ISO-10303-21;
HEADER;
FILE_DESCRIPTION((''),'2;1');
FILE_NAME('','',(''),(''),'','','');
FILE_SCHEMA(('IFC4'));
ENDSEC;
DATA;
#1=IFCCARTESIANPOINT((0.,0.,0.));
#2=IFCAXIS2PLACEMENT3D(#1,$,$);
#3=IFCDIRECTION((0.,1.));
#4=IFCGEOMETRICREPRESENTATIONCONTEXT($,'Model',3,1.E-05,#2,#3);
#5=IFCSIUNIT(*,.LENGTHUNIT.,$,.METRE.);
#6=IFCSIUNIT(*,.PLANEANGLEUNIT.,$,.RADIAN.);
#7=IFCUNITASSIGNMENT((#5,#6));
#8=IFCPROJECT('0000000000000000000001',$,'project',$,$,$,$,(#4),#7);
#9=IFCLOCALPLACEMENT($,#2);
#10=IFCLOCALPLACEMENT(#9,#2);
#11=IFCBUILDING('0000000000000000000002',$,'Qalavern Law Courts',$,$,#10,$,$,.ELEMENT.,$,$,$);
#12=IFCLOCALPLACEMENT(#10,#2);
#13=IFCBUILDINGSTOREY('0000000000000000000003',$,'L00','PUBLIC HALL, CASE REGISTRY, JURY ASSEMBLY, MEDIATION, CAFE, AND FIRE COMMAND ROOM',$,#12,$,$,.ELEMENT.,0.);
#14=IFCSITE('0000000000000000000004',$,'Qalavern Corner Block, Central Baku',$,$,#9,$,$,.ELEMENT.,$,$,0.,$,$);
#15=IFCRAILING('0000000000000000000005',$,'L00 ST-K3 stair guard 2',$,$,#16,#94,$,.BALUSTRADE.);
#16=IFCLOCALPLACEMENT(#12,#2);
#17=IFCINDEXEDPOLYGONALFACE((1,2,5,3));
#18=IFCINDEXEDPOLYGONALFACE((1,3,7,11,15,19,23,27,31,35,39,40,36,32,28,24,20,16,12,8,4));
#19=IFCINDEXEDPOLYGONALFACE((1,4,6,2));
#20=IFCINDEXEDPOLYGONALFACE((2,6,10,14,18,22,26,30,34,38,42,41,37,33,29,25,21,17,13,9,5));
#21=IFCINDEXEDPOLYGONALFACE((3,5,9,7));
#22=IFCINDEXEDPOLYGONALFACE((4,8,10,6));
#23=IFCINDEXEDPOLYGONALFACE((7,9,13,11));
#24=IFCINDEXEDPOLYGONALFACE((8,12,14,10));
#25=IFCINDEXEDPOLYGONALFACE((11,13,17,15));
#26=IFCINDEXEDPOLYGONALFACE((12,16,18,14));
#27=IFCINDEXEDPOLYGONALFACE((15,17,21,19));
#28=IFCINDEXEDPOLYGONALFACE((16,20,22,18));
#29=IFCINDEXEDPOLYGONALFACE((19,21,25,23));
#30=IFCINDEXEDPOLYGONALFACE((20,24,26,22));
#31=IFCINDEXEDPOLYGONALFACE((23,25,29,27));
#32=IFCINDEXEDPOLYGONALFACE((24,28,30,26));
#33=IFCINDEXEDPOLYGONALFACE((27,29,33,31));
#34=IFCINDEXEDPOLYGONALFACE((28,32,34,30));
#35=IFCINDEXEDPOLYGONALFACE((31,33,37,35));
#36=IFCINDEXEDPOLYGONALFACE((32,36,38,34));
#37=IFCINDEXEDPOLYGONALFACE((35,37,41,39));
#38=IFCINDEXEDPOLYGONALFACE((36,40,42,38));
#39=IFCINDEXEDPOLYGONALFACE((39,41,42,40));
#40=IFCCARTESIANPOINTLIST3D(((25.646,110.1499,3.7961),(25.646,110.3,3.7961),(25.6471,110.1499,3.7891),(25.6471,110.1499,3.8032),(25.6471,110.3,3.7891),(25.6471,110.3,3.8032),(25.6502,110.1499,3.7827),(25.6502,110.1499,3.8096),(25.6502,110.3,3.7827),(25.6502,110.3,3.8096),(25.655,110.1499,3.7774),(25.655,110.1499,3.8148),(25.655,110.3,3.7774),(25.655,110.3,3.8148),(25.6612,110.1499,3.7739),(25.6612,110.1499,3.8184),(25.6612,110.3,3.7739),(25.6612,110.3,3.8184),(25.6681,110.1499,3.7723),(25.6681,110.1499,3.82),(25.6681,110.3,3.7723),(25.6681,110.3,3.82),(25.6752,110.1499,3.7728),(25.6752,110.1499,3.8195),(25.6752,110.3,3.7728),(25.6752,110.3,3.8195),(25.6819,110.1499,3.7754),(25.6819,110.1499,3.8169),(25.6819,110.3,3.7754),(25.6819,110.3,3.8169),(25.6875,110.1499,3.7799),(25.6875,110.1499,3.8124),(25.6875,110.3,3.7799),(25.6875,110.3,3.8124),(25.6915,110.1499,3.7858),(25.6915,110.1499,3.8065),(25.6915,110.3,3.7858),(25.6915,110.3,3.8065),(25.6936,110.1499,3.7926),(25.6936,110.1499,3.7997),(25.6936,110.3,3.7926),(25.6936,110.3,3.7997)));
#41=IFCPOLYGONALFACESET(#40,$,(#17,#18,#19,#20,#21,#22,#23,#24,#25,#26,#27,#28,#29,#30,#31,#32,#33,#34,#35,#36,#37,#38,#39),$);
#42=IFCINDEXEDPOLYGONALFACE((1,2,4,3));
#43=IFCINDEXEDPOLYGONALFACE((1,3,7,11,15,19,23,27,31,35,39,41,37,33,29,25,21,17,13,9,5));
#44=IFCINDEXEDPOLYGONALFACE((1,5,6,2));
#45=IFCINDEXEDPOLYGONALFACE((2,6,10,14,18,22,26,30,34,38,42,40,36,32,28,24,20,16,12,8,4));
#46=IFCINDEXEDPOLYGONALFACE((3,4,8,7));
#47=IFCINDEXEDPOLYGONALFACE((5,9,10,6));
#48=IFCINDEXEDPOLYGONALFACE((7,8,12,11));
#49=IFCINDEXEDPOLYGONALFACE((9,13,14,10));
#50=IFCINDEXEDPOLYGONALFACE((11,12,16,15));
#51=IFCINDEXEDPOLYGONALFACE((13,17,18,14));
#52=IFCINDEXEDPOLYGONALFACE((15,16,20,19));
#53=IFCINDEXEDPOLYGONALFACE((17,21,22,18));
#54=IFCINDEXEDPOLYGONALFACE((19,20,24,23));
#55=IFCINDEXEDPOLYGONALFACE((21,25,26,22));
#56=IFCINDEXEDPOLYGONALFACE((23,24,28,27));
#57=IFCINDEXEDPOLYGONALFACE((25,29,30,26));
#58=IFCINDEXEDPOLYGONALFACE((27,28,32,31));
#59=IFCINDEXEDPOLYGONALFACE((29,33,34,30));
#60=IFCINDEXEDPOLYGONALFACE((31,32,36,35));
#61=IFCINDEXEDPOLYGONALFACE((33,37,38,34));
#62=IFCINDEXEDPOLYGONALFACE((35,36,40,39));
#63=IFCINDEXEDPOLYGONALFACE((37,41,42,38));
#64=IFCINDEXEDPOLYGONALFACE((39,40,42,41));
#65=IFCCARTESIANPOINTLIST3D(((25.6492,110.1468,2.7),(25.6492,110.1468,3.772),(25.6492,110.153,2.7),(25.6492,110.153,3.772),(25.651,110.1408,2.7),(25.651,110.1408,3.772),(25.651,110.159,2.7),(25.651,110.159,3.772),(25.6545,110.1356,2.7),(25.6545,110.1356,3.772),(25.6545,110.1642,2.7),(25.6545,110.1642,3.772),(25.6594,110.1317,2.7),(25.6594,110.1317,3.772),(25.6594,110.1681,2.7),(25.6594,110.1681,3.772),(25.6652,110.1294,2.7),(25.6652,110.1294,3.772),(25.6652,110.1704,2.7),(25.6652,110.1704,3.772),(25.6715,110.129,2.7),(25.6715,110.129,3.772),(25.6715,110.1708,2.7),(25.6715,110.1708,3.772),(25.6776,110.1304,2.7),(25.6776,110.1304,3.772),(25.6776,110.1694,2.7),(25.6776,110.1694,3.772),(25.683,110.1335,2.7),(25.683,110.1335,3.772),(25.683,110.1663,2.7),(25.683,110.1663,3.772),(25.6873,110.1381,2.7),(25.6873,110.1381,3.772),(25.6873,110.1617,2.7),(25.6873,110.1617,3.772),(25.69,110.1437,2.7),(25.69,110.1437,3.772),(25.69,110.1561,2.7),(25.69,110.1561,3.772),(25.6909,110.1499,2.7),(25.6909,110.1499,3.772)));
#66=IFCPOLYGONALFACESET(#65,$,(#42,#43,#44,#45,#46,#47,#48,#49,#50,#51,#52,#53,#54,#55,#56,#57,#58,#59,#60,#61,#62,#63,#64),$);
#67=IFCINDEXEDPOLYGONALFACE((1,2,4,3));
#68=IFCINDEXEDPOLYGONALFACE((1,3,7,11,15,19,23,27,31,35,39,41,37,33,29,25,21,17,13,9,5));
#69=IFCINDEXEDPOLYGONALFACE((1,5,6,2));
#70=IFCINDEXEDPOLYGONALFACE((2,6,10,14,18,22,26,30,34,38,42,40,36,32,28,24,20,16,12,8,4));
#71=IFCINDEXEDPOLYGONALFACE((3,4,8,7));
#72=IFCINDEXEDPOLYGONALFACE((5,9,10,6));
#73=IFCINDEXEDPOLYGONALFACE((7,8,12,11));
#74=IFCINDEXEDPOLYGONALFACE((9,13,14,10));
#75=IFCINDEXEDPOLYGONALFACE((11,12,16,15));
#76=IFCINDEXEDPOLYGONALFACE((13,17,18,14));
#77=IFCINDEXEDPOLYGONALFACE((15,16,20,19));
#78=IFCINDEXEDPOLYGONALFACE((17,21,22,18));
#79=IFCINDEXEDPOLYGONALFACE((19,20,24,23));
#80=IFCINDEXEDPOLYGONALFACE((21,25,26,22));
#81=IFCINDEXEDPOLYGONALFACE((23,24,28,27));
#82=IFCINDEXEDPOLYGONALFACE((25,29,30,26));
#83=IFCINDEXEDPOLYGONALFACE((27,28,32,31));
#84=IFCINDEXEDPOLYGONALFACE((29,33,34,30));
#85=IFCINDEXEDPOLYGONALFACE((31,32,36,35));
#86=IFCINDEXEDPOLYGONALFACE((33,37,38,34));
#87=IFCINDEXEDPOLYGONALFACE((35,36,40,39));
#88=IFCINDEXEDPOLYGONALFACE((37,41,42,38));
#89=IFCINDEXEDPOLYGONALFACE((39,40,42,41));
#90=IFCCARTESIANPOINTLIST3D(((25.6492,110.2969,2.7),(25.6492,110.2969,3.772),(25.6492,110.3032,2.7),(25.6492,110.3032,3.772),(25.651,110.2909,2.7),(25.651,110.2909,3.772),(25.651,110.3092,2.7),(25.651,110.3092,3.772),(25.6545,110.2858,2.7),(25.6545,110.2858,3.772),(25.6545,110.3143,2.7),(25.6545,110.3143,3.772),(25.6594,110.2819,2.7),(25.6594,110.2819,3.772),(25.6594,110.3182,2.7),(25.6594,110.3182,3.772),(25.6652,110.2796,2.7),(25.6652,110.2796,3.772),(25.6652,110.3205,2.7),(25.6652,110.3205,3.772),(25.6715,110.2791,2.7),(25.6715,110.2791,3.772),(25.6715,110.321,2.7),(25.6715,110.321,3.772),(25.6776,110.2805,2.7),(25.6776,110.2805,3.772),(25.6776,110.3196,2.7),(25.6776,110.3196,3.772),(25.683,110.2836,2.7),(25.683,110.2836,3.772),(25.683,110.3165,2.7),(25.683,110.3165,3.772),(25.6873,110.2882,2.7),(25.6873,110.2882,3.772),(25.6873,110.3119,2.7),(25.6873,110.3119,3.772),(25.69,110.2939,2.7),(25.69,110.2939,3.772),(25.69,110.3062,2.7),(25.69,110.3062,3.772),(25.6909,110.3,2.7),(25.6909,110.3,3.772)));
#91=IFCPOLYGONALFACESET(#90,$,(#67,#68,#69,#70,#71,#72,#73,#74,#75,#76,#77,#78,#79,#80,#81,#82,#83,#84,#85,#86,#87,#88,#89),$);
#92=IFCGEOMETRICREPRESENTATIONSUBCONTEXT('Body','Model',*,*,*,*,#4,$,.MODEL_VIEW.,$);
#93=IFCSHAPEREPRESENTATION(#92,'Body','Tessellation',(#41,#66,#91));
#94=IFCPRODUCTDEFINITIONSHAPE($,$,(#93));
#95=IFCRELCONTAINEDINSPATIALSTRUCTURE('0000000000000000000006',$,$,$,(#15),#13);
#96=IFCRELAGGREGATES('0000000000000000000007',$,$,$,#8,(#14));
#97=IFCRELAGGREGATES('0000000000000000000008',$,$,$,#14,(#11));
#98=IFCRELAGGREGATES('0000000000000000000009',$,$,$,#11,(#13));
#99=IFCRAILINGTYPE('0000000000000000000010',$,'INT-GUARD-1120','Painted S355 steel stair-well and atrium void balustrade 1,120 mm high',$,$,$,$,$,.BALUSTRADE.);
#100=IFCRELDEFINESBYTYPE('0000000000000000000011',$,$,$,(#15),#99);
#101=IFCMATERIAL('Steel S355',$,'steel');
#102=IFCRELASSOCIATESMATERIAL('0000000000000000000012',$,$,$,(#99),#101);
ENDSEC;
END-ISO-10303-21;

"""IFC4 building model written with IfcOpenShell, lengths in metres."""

from ifc_helpers import new_model, si_unit, direction, frame, origin, origin_2d, place, context, subcontext, project, spatial, circle, extrude, material, type_object, element, save


model = new_model("IFC4")

# Units and contexts
model_context = context("Model", 3, precision=1e-05, world=origin(), true_north=direction((0.0, 1.0)))
body_context = subcontext(model_context, "Body", "Model", "MODEL_VIEW")
ifc_project = project(units=[si_unit("LENGTHUNIT", "METRE"), si_unit("PLANEANGLEUNIT", "RADIAN")], contexts=[model_context])

# Site, building, storey
site_placement = place(None, origin())
site = spatial("IfcSite", under=ifc_project, at=site_placement, Name="Qalavern Corner Block, Central Baku", CompositionType="ELEMENT", RefElevation=0.0)
building_placement = place(site_placement, origin())
building = spatial("IfcBuilding", under=site, at=building_placement, Name="Qalavern Law Courts", CompositionType="ELEMENT")
storey_placement = place(building_placement, origin())
storey = spatial("IfcBuildingStorey", under=building, at=storey_placement, Name="L00", Description="PUBLIC HALL, CASE REGISTRY, JURY ASSEMBLY, MEDIATION, CAFE, AND FIRE COMMAND ROOM", CompositionType="ELEMENT", Elevation=0.0)

# Railing
ifc_material_1 = material(Name="Steel S355", Category="steel")
railing_type_1 = type_object("IfcRailingType", Name="INT-GUARD-1120", Description="Painted S355 steel stair-well and atrium void balustrade 1,120 mm high", PredefinedType="BALUSTRADE", material=ifc_material_1)
railing_1_placement = place(storey_placement, frame((25.6699, 110.1499, 2.7)))
element("IfcRailing", 1, at=railing_1_placement, inside=storey, type_object=railing_type_1, Name="L00 ST-K3 stair guard 2", PredefinedType="BALUSTRADE", context=body_context, shape_type="SweptSolid", body=[
    extrude(circle(Radius=0.0239, at=origin_2d()), frame((0.0, 0.0, 1.0962), z_axis=(0.0, 1.0, 0.0), x_axis=(-1.0, 0.0, 0.0)), (0.0, 0.0, 1.0), 0.1501),
    extrude(circle(Radius=0.021, at=origin_2d()), origin(), (0.0, 0.0, 1.0), 1.072),
    extrude(circle(Radius=0.021, at=origin_2d()), frame((0.0, 0.1501, 0.0)), (0.0, 0.0, 1.0), 1.072),
])

save(model, "model.ifc")
